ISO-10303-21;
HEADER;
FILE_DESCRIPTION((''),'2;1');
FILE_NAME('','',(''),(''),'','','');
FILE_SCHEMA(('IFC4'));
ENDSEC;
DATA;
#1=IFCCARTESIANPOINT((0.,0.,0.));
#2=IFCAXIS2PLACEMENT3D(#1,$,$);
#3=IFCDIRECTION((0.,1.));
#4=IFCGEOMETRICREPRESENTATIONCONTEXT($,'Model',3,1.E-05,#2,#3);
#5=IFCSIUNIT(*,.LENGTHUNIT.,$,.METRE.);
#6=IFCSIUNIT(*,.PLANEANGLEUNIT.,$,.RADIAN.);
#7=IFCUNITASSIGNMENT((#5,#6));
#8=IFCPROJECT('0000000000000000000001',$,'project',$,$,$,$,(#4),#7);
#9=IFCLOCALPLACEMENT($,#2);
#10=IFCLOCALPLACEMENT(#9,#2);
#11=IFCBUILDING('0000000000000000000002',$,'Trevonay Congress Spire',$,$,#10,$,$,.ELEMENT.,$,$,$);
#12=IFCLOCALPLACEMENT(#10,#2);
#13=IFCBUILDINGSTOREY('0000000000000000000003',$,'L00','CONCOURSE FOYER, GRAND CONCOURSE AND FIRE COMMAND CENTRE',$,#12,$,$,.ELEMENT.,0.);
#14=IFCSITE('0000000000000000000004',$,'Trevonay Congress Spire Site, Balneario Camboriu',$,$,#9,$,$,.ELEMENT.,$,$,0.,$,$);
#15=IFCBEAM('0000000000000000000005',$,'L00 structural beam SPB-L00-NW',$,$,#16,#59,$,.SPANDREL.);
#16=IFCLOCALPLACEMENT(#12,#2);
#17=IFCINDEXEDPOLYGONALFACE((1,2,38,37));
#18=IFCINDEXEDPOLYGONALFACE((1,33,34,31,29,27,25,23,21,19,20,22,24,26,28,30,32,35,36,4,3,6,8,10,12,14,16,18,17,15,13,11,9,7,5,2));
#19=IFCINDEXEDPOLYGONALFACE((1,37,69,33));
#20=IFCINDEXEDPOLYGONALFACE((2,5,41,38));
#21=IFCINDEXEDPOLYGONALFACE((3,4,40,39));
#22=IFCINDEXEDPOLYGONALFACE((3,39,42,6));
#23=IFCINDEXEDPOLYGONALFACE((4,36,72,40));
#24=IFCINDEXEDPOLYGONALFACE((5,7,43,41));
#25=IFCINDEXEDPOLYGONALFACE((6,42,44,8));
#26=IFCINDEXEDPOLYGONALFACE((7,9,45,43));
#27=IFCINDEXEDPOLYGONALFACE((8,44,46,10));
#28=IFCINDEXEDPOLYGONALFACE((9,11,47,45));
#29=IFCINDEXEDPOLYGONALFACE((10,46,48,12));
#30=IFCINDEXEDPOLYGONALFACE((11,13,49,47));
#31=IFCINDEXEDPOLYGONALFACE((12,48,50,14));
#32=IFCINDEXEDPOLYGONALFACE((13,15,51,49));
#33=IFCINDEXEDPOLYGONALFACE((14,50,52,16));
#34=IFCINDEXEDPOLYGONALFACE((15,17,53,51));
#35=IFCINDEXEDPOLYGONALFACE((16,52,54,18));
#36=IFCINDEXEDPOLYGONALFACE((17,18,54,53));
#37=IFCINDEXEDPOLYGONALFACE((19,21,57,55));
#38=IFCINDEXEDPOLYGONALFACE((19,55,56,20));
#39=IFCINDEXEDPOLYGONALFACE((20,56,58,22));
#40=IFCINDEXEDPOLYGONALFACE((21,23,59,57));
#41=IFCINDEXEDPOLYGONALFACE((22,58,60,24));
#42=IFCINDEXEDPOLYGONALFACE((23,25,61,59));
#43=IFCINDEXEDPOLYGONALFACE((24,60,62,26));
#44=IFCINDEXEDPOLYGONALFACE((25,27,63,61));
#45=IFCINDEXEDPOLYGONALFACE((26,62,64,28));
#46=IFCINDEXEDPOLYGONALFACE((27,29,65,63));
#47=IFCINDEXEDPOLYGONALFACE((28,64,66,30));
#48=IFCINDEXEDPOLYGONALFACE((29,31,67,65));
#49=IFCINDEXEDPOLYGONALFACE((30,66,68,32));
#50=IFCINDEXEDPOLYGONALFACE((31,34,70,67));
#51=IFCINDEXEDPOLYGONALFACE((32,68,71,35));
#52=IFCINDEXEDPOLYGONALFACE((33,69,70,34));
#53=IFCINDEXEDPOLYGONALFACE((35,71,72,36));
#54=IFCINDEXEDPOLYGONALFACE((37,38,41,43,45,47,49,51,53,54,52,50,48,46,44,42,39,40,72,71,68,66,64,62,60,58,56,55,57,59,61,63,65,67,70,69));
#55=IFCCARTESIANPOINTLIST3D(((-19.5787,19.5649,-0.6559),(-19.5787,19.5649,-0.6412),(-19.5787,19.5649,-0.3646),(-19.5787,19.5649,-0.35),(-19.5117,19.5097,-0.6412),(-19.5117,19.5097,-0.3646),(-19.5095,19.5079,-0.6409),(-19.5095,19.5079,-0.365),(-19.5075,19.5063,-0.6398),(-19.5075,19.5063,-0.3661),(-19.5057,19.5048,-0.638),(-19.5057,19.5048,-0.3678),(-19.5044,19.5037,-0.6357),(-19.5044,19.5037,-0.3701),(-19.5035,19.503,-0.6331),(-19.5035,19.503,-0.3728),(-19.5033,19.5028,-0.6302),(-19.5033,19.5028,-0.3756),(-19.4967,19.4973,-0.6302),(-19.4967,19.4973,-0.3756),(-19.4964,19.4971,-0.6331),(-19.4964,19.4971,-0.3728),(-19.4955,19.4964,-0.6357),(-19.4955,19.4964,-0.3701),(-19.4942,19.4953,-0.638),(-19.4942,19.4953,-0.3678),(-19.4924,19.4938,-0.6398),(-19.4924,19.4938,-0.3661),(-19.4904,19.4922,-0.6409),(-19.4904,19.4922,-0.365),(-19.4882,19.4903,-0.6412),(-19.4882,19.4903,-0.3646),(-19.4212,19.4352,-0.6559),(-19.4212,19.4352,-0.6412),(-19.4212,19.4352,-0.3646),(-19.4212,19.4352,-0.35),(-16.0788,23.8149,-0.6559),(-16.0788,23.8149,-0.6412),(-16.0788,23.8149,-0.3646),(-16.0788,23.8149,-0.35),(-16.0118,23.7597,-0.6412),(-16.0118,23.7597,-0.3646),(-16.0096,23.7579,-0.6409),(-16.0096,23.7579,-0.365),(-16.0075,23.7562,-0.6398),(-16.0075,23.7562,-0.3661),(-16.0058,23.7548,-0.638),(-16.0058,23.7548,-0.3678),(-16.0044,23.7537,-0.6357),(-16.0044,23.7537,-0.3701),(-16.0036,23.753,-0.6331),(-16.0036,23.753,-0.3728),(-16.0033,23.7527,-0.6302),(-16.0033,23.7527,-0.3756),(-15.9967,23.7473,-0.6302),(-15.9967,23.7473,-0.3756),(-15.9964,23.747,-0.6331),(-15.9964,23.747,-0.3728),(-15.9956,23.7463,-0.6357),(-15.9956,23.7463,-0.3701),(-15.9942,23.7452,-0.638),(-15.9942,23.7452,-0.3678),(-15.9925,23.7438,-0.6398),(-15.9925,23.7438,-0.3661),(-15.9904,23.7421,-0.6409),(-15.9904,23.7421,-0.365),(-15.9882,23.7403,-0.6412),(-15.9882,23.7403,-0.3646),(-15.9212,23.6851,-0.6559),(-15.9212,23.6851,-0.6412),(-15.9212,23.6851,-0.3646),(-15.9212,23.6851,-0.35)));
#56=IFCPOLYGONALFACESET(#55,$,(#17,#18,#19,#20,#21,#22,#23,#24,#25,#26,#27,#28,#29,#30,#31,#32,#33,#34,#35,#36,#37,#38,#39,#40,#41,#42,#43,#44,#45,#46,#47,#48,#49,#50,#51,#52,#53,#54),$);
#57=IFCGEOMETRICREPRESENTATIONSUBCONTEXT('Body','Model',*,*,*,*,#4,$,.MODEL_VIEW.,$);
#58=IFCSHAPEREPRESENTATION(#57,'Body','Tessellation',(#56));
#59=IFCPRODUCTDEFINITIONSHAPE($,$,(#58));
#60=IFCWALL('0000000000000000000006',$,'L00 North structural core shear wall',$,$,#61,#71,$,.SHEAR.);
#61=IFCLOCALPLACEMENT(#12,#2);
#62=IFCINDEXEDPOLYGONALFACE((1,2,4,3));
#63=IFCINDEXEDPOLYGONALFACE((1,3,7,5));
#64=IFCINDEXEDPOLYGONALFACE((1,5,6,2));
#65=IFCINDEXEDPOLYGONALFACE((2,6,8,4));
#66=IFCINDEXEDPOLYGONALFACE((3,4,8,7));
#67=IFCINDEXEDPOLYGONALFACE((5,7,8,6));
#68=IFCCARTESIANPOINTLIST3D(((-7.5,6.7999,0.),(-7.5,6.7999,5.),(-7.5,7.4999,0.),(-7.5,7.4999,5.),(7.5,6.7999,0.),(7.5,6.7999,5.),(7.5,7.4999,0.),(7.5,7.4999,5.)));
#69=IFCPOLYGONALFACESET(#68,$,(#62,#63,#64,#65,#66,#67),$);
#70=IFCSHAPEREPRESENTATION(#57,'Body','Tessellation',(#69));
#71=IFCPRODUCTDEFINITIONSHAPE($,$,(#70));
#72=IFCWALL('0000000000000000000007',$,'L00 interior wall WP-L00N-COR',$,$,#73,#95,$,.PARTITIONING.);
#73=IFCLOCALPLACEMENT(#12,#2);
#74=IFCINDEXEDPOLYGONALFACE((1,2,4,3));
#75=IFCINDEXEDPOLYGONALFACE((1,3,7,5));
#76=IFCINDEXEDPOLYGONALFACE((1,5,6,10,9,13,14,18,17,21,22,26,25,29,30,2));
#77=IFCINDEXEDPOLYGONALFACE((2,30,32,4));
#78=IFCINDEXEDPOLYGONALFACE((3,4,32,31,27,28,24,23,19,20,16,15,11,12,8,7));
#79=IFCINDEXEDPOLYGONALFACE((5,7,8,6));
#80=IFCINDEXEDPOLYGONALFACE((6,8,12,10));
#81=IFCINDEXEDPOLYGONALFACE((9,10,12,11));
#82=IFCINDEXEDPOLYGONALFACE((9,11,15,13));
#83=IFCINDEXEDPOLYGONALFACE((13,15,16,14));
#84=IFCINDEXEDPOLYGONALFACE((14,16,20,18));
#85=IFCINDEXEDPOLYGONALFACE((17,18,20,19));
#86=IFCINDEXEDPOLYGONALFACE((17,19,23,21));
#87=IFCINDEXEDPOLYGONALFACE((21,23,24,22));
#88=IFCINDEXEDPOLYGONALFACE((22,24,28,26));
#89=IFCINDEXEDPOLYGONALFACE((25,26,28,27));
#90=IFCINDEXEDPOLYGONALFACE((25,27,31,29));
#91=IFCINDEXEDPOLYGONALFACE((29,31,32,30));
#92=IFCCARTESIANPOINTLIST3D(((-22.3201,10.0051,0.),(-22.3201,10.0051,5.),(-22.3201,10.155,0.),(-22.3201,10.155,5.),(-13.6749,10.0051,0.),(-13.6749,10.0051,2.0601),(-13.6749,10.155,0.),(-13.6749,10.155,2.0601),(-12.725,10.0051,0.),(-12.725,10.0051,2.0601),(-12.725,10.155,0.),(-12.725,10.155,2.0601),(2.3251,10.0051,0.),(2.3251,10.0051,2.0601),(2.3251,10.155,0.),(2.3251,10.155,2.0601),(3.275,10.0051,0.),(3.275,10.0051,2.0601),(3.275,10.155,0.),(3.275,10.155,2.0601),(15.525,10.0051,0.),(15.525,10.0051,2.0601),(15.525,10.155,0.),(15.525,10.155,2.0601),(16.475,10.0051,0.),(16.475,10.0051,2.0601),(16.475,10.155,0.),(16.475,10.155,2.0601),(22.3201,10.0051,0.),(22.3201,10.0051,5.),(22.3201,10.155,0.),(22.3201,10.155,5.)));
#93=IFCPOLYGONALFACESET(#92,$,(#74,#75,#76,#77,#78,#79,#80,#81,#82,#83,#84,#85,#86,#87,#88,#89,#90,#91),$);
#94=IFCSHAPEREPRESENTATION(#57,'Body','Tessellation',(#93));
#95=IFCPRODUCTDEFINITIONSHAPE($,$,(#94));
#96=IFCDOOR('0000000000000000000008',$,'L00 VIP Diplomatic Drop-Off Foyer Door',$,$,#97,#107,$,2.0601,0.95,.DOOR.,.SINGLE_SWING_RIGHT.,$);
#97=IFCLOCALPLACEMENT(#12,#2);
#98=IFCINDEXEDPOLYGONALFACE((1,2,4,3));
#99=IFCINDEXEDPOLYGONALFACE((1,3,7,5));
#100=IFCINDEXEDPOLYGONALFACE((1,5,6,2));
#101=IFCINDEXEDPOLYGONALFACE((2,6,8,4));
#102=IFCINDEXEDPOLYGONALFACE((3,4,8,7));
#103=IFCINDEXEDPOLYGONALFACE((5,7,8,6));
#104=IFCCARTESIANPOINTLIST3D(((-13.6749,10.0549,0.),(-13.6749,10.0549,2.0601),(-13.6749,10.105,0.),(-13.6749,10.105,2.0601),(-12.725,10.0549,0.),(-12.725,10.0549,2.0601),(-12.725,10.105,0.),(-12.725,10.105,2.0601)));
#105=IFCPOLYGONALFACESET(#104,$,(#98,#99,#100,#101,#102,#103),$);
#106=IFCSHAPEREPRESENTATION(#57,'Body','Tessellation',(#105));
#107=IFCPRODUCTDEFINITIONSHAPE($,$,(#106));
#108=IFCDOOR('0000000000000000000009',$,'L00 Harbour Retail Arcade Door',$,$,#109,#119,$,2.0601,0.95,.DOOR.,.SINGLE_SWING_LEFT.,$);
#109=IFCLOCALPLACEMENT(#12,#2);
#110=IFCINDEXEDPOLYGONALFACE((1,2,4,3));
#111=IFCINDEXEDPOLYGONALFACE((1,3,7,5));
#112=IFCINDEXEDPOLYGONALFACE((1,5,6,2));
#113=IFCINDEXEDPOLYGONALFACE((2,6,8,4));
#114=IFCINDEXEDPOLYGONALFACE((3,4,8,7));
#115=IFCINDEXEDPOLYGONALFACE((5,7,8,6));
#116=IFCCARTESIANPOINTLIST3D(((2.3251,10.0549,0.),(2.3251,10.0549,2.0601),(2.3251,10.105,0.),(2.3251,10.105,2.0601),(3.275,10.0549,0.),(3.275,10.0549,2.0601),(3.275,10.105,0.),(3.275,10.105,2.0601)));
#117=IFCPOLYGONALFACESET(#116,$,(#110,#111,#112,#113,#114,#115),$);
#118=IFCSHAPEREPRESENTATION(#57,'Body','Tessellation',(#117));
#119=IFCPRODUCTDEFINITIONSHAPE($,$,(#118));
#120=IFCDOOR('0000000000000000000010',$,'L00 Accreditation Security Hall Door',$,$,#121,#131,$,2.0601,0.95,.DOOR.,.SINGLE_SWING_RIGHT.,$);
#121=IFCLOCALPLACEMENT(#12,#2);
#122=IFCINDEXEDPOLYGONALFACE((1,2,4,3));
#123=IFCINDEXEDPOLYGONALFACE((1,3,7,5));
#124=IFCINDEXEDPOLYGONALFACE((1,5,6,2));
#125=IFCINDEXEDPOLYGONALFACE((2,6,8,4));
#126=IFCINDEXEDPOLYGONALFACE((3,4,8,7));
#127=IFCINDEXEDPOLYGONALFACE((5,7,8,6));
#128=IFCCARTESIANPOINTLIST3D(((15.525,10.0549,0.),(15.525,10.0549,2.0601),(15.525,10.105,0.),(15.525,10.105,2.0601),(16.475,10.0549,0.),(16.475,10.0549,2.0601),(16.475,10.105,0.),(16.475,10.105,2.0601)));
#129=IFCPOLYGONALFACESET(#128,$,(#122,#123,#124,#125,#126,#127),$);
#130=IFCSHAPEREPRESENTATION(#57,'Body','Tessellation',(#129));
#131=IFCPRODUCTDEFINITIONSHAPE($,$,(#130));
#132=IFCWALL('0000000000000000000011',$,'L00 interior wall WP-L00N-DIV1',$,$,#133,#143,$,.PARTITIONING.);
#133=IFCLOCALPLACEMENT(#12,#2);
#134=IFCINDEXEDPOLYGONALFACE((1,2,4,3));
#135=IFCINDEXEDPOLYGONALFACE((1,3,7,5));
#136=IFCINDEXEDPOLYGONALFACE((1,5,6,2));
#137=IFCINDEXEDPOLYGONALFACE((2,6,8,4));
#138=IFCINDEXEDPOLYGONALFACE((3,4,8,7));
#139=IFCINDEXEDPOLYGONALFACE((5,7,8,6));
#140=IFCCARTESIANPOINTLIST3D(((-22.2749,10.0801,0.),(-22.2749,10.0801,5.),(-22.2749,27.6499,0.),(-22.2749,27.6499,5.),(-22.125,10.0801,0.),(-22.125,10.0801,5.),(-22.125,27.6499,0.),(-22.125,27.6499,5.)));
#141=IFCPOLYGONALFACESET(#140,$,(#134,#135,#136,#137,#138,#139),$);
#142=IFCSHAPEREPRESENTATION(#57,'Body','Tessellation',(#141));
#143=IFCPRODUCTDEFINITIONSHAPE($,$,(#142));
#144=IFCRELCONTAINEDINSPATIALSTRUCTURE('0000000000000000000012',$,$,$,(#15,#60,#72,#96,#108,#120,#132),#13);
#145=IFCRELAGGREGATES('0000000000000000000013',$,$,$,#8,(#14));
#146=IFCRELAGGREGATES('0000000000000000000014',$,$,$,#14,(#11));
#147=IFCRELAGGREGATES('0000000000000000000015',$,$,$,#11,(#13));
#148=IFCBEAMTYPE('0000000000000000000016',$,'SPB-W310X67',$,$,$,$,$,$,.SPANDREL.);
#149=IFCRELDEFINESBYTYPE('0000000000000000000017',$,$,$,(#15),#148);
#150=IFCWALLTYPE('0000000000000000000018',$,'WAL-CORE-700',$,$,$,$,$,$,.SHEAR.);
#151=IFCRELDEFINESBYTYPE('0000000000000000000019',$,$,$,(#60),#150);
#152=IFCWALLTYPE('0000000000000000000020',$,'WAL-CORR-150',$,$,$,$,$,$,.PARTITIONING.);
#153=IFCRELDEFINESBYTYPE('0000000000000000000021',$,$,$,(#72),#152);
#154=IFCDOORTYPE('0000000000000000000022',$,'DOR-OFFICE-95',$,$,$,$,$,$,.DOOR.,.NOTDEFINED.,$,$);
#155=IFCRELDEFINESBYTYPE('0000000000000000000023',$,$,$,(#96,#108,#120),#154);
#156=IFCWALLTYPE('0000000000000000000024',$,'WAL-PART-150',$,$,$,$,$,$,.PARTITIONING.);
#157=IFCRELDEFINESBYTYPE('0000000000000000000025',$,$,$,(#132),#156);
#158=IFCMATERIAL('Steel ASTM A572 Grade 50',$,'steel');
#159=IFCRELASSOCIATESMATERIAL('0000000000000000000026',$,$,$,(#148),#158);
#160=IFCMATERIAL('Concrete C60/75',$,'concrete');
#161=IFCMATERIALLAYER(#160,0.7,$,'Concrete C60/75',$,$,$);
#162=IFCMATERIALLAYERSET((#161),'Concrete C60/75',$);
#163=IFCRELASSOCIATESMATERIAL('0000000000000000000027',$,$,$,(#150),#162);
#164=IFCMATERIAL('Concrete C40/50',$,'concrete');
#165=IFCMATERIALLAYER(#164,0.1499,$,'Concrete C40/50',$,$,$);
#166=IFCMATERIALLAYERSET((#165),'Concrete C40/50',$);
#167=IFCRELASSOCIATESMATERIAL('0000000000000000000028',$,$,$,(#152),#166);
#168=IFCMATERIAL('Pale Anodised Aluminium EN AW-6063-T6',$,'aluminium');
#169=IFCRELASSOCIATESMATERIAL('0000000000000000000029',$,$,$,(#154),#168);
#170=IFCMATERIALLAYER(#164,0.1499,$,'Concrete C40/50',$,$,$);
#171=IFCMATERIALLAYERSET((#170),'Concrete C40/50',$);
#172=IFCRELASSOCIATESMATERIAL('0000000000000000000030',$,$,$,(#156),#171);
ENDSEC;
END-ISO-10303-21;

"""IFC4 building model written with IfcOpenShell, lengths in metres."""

from ifc_helpers import new_model, si_unit, direction, frame, frame_2d, origin, origin_2d, place, context, subcontext, project, spatial, rectangle, i_section, extrude, material, layer, layer_set, material_profile, profile_set, type_object, element, fill, save


model = new_model("IFC4")

# Units and contexts
model_context = context("Model", 3, precision=1e-05, world=origin(), true_north=direction((0.0, 1.0)))
body_context = subcontext(model_context, "Body", "Model", "MODEL_VIEW")
ifc_project = project(units=[si_unit("LENGTHUNIT", "METRE"), si_unit("PLANEANGLEUNIT", "RADIAN")], contexts=[model_context])

# Site, building, storey
site_placement = place(None, origin())
site = spatial("IfcSite", under=ifc_project, at=site_placement, Name="Trevonay Congress Spire Site, Balneario Camboriu", CompositionType="ELEMENT", RefElevation=0.0)
building_placement = place(site_placement, origin())
building = spatial("IfcBuilding", under=site, at=building_placement, Name="Trevonay Congress Spire", CompositionType="ELEMENT")
storey_placement = place(building_placement, origin())
storey = spatial("IfcBuildingStorey", under=building, at=storey_placement, Name="L00", Description="CONCOURSE FOYER, GRAND CONCOURSE AND FIRE COMMAND CENTRE", CompositionType="ELEMENT", Elevation=0.0)

# Shared definitions
ifc_material_1 = material(Name="Steel ASTM A572 Grade 50", Category="steel")
ifc_material_2 = material(Name="Concrete C60/75", Category="concrete")

# Beam
ifc_material_profile_1 = material_profile(ifc_material_1, i_section(OverallWidth=0.2041, OverallDepth=0.3059, WebThickness=0.0085, FlangeThickness=0.0146, FilletRadius=0.011, at=origin_2d()), Name="W310x67")
ifc_profile_set_1 = profile_set([ifc_material_profile_1], Name="Steel ASTM A572 Grade 50")
beam_type_1 = type_object("IfcBeamType", Name="SPB-W310X67", PredefinedType="SPANDREL", material=ifc_profile_set_1)
beam_1_placement = place(storey_placement, frame((-16.0, 23.75, -0.5029), z_axis=(-0.635707, -0.77193, 0.0), x_axis=(0.77193, -0.635707, 0.0)))
element("IfcBeam", 1, at=beam_1_placement, inside=storey, type_object=beam_type_1, Name="L00 structural beam SPB-L00-NW", PredefinedType="SPANDREL", context=body_context, shape_type="SweptSolid", body=[
    extrude(i_section(OverallWidth=0.2041, OverallDepth=0.3059, WebThickness=0.0085, FlangeThickness=0.0146, FilletRadius=0.011, at=origin_2d()), origin(), (0.0, 0.0, 1.0), 5.5056),
])

# Wall
ifc_layer_1 = layer(ifc_material_2, 0.7, Name="Concrete C60/75")
ifc_layer_set_1 = layer_set([ifc_layer_1], Name="Concrete C60/75")
wall_type_1 = type_object("IfcWallType", Name="WAL-CORE-700", PredefinedType="SHEAR", material=ifc_layer_set_1)
wall_1_placement = place(storey_placement, frame((-7.5, 7.1499, 0.0), z_axis=(0.0, 0.0, 1.0), x_axis=(1.0, 0.0, 0.0)))
element("IfcWall", 2, at=wall_1_placement, inside=storey, type_object=wall_type_1, Name="L00 North structural core shear wall", PredefinedType="SHEAR", context=body_context, shape_type="SweptSolid", body=[
    extrude(rectangle(XDim=15.0, YDim=0.7, at=frame_2d((7.5, 0.0))), origin(), (0.0, 0.0, 1.0), 5.0),
])

# Wall, openings, doors
ifc_material_3 = material(Name="Concrete C40/50", Category="concrete")
ifc_layer_2 = layer(ifc_material_3, 0.1499, Name="Concrete C40/50")
ifc_layer_set_2 = layer_set([ifc_layer_2], Name="Concrete C40/50")
wall_type_2 = type_object("IfcWallType", Name="WAL-CORR-150", PredefinedType="PARTITIONING", material=ifc_layer_set_2)
wall_2_placement = place(storey_placement, frame((-22.3201, 10.0801, 0.0), z_axis=(0.0, 0.0, 1.0), x_axis=(1.0, 0.0, 0.0)))
wall_2 = element("IfcWall", 3, at=wall_2_placement, inside=storey, type_object=wall_type_2, Name="L00 interior wall WP-L00N-COR", PredefinedType="PARTITIONING", context=body_context, shape_type="SweptSolid", body=[
    extrude(rectangle(XDim=44.6401, YDim=0.1499, at=frame_2d((22.3201, 0.0))), origin(), (0.0, 0.0, 1.0), 5.0),
])
opening_1_placement = place(wall_2_placement, frame((8.645, 0.0, 0.0)))
opening_1 = element("IfcOpeningElement", 4, at=opening_1_placement, cuts=wall_2, PredefinedType="OPENING", context=body_context, shape_type="SweptSolid", body=[
    extrude(rectangle(XDim=0.95, YDim=2.0601, at=frame_2d((0.4751, 1.03))), frame((0.0, 0.085, 0.0), z_axis=(0.0, -1.0, 0.0), x_axis=(1.0, 0.0, 0.0)), (0.0, 0.0, 1.0), 0.1699),
])
opening_2_placement = place(wall_2_placement, frame((24.645, 0.0, 0.0)))
opening_2 = element("IfcOpeningElement", 5, at=opening_2_placement, cuts=wall_2, PredefinedType="OPENING", context=body_context, shape_type="SweptSolid", body=[
    extrude(rectangle(XDim=0.95, YDim=2.0601, at=frame_2d((0.4751, 1.03))), frame((0.0, 0.085, 0.0), z_axis=(0.0, -1.0, 0.0), x_axis=(1.0, 0.0, 0.0)), (0.0, 0.0, 1.0), 0.1699),
])
opening_3_placement = place(wall_2_placement, frame((37.845, 0.0, 0.0)))
opening_3 = element("IfcOpeningElement", 6, at=opening_3_placement, cuts=wall_2, PredefinedType="OPENING", context=body_context, shape_type="SweptSolid", body=[
    extrude(rectangle(XDim=0.95, YDim=2.0601, at=frame_2d((0.4751, 1.03))), frame((0.0, 0.085, 0.0), z_axis=(0.0, -1.0, 0.0), x_axis=(1.0, 0.0, 0.0)), (0.0, 0.0, 1.0), 0.1699),
])
ifc_material_4 = material(Name="Pale Anodised Aluminium EN AW-6063-T6", Category="aluminium")
door_type = type_object("IfcDoorType", Name="DOR-OFFICE-95", OperationType="NOTDEFINED", PredefinedType="DOOR", material=ifc_material_4)
door_1_placement = place(opening_1_placement, origin())
door_1 = element("IfcDoor", 7, at=door_1_placement, inside=storey, type_object=door_type, Name="L00 VIP Diplomatic Drop-Off Foyer Door", OperationType="SINGLE_SWING_RIGHT", OverallHeight=2.0601, OverallWidth=0.95, PredefinedType="DOOR", context=body_context, shape_type="SweptSolid", body=[
    extrude(rectangle(XDim=0.95, YDim=2.0601, at=frame_2d((0.4751, 1.03))), frame((0.0, 0.0249, 0.0), z_axis=(0.0, -1.0, 0.0), x_axis=(1.0, 0.0, 0.0)), (0.0, 0.0, 1.0), 0.05),
])
fill(opening_1, door_1)
door_2_placement = place(opening_2_placement, origin())
door_2 = element("IfcDoor", 8, at=door_2_placement, inside=storey, type_object=door_type, Name="L00 Harbour Retail Arcade Door", OperationType="SINGLE_SWING_LEFT", OverallHeight=2.0601, OverallWidth=0.95, PredefinedType="DOOR", context=body_context, shape_type="SweptSolid", body=[
    extrude(rectangle(XDim=0.95, YDim=2.0601, at=frame_2d((0.4751, 1.03))), frame((0.0, 0.0249, 0.0), z_axis=(0.0, -1.0, 0.0), x_axis=(1.0, 0.0, 0.0)), (0.0, 0.0, 1.0), 0.05),
])
fill(opening_2, door_2)
door_3_placement = place(opening_3_placement, origin())
door_3 = element("IfcDoor", 9, at=door_3_placement, inside=storey, type_object=door_type, Name="L00 Accreditation Security Hall Door", OperationType="SINGLE_SWING_RIGHT", OverallHeight=2.0601, OverallWidth=0.95, PredefinedType="DOOR", context=body_context, shape_type="SweptSolid", body=[
    extrude(rectangle(XDim=0.95, YDim=2.0601, at=frame_2d((0.4751, 1.03))), frame((0.0, 0.0249, 0.0), z_axis=(0.0, -1.0, 0.0), x_axis=(1.0, 0.0, 0.0)), (0.0, 0.0, 1.0), 0.05),
])
fill(opening_3, door_3)

# Wall
ifc_layer_3 = layer(ifc_material_3, 0.1499, Name="Concrete C40/50")
ifc_layer_set_3 = layer_set([ifc_layer_3], Name="Concrete C40/50")
wall_type_3 = type_object("IfcWallType", Name="WAL-PART-150", PredefinedType="PARTITIONING", material=ifc_layer_set_3)
wall_3_placement = place(storey_placement, frame((-22.2, 10.0801, 0.0), z_axis=(0.0, 0.0, 1.0), x_axis=(0.0, 1.0, 0.0)))
element("IfcWall", 10, at=wall_3_placement, inside=storey, type_object=wall_type_3, Name="L00 interior wall WP-L00N-DIV1", PredefinedType="PARTITIONING", context=body_context, shape_type="SweptSolid", body=[
    extrude(rectangle(XDim=17.5698, YDim=0.1499, at=frame_2d((8.7849, 0.0))), origin(), (0.0, 0.0, 1.0), 5.0),
])

save(model, "model.ifc")
